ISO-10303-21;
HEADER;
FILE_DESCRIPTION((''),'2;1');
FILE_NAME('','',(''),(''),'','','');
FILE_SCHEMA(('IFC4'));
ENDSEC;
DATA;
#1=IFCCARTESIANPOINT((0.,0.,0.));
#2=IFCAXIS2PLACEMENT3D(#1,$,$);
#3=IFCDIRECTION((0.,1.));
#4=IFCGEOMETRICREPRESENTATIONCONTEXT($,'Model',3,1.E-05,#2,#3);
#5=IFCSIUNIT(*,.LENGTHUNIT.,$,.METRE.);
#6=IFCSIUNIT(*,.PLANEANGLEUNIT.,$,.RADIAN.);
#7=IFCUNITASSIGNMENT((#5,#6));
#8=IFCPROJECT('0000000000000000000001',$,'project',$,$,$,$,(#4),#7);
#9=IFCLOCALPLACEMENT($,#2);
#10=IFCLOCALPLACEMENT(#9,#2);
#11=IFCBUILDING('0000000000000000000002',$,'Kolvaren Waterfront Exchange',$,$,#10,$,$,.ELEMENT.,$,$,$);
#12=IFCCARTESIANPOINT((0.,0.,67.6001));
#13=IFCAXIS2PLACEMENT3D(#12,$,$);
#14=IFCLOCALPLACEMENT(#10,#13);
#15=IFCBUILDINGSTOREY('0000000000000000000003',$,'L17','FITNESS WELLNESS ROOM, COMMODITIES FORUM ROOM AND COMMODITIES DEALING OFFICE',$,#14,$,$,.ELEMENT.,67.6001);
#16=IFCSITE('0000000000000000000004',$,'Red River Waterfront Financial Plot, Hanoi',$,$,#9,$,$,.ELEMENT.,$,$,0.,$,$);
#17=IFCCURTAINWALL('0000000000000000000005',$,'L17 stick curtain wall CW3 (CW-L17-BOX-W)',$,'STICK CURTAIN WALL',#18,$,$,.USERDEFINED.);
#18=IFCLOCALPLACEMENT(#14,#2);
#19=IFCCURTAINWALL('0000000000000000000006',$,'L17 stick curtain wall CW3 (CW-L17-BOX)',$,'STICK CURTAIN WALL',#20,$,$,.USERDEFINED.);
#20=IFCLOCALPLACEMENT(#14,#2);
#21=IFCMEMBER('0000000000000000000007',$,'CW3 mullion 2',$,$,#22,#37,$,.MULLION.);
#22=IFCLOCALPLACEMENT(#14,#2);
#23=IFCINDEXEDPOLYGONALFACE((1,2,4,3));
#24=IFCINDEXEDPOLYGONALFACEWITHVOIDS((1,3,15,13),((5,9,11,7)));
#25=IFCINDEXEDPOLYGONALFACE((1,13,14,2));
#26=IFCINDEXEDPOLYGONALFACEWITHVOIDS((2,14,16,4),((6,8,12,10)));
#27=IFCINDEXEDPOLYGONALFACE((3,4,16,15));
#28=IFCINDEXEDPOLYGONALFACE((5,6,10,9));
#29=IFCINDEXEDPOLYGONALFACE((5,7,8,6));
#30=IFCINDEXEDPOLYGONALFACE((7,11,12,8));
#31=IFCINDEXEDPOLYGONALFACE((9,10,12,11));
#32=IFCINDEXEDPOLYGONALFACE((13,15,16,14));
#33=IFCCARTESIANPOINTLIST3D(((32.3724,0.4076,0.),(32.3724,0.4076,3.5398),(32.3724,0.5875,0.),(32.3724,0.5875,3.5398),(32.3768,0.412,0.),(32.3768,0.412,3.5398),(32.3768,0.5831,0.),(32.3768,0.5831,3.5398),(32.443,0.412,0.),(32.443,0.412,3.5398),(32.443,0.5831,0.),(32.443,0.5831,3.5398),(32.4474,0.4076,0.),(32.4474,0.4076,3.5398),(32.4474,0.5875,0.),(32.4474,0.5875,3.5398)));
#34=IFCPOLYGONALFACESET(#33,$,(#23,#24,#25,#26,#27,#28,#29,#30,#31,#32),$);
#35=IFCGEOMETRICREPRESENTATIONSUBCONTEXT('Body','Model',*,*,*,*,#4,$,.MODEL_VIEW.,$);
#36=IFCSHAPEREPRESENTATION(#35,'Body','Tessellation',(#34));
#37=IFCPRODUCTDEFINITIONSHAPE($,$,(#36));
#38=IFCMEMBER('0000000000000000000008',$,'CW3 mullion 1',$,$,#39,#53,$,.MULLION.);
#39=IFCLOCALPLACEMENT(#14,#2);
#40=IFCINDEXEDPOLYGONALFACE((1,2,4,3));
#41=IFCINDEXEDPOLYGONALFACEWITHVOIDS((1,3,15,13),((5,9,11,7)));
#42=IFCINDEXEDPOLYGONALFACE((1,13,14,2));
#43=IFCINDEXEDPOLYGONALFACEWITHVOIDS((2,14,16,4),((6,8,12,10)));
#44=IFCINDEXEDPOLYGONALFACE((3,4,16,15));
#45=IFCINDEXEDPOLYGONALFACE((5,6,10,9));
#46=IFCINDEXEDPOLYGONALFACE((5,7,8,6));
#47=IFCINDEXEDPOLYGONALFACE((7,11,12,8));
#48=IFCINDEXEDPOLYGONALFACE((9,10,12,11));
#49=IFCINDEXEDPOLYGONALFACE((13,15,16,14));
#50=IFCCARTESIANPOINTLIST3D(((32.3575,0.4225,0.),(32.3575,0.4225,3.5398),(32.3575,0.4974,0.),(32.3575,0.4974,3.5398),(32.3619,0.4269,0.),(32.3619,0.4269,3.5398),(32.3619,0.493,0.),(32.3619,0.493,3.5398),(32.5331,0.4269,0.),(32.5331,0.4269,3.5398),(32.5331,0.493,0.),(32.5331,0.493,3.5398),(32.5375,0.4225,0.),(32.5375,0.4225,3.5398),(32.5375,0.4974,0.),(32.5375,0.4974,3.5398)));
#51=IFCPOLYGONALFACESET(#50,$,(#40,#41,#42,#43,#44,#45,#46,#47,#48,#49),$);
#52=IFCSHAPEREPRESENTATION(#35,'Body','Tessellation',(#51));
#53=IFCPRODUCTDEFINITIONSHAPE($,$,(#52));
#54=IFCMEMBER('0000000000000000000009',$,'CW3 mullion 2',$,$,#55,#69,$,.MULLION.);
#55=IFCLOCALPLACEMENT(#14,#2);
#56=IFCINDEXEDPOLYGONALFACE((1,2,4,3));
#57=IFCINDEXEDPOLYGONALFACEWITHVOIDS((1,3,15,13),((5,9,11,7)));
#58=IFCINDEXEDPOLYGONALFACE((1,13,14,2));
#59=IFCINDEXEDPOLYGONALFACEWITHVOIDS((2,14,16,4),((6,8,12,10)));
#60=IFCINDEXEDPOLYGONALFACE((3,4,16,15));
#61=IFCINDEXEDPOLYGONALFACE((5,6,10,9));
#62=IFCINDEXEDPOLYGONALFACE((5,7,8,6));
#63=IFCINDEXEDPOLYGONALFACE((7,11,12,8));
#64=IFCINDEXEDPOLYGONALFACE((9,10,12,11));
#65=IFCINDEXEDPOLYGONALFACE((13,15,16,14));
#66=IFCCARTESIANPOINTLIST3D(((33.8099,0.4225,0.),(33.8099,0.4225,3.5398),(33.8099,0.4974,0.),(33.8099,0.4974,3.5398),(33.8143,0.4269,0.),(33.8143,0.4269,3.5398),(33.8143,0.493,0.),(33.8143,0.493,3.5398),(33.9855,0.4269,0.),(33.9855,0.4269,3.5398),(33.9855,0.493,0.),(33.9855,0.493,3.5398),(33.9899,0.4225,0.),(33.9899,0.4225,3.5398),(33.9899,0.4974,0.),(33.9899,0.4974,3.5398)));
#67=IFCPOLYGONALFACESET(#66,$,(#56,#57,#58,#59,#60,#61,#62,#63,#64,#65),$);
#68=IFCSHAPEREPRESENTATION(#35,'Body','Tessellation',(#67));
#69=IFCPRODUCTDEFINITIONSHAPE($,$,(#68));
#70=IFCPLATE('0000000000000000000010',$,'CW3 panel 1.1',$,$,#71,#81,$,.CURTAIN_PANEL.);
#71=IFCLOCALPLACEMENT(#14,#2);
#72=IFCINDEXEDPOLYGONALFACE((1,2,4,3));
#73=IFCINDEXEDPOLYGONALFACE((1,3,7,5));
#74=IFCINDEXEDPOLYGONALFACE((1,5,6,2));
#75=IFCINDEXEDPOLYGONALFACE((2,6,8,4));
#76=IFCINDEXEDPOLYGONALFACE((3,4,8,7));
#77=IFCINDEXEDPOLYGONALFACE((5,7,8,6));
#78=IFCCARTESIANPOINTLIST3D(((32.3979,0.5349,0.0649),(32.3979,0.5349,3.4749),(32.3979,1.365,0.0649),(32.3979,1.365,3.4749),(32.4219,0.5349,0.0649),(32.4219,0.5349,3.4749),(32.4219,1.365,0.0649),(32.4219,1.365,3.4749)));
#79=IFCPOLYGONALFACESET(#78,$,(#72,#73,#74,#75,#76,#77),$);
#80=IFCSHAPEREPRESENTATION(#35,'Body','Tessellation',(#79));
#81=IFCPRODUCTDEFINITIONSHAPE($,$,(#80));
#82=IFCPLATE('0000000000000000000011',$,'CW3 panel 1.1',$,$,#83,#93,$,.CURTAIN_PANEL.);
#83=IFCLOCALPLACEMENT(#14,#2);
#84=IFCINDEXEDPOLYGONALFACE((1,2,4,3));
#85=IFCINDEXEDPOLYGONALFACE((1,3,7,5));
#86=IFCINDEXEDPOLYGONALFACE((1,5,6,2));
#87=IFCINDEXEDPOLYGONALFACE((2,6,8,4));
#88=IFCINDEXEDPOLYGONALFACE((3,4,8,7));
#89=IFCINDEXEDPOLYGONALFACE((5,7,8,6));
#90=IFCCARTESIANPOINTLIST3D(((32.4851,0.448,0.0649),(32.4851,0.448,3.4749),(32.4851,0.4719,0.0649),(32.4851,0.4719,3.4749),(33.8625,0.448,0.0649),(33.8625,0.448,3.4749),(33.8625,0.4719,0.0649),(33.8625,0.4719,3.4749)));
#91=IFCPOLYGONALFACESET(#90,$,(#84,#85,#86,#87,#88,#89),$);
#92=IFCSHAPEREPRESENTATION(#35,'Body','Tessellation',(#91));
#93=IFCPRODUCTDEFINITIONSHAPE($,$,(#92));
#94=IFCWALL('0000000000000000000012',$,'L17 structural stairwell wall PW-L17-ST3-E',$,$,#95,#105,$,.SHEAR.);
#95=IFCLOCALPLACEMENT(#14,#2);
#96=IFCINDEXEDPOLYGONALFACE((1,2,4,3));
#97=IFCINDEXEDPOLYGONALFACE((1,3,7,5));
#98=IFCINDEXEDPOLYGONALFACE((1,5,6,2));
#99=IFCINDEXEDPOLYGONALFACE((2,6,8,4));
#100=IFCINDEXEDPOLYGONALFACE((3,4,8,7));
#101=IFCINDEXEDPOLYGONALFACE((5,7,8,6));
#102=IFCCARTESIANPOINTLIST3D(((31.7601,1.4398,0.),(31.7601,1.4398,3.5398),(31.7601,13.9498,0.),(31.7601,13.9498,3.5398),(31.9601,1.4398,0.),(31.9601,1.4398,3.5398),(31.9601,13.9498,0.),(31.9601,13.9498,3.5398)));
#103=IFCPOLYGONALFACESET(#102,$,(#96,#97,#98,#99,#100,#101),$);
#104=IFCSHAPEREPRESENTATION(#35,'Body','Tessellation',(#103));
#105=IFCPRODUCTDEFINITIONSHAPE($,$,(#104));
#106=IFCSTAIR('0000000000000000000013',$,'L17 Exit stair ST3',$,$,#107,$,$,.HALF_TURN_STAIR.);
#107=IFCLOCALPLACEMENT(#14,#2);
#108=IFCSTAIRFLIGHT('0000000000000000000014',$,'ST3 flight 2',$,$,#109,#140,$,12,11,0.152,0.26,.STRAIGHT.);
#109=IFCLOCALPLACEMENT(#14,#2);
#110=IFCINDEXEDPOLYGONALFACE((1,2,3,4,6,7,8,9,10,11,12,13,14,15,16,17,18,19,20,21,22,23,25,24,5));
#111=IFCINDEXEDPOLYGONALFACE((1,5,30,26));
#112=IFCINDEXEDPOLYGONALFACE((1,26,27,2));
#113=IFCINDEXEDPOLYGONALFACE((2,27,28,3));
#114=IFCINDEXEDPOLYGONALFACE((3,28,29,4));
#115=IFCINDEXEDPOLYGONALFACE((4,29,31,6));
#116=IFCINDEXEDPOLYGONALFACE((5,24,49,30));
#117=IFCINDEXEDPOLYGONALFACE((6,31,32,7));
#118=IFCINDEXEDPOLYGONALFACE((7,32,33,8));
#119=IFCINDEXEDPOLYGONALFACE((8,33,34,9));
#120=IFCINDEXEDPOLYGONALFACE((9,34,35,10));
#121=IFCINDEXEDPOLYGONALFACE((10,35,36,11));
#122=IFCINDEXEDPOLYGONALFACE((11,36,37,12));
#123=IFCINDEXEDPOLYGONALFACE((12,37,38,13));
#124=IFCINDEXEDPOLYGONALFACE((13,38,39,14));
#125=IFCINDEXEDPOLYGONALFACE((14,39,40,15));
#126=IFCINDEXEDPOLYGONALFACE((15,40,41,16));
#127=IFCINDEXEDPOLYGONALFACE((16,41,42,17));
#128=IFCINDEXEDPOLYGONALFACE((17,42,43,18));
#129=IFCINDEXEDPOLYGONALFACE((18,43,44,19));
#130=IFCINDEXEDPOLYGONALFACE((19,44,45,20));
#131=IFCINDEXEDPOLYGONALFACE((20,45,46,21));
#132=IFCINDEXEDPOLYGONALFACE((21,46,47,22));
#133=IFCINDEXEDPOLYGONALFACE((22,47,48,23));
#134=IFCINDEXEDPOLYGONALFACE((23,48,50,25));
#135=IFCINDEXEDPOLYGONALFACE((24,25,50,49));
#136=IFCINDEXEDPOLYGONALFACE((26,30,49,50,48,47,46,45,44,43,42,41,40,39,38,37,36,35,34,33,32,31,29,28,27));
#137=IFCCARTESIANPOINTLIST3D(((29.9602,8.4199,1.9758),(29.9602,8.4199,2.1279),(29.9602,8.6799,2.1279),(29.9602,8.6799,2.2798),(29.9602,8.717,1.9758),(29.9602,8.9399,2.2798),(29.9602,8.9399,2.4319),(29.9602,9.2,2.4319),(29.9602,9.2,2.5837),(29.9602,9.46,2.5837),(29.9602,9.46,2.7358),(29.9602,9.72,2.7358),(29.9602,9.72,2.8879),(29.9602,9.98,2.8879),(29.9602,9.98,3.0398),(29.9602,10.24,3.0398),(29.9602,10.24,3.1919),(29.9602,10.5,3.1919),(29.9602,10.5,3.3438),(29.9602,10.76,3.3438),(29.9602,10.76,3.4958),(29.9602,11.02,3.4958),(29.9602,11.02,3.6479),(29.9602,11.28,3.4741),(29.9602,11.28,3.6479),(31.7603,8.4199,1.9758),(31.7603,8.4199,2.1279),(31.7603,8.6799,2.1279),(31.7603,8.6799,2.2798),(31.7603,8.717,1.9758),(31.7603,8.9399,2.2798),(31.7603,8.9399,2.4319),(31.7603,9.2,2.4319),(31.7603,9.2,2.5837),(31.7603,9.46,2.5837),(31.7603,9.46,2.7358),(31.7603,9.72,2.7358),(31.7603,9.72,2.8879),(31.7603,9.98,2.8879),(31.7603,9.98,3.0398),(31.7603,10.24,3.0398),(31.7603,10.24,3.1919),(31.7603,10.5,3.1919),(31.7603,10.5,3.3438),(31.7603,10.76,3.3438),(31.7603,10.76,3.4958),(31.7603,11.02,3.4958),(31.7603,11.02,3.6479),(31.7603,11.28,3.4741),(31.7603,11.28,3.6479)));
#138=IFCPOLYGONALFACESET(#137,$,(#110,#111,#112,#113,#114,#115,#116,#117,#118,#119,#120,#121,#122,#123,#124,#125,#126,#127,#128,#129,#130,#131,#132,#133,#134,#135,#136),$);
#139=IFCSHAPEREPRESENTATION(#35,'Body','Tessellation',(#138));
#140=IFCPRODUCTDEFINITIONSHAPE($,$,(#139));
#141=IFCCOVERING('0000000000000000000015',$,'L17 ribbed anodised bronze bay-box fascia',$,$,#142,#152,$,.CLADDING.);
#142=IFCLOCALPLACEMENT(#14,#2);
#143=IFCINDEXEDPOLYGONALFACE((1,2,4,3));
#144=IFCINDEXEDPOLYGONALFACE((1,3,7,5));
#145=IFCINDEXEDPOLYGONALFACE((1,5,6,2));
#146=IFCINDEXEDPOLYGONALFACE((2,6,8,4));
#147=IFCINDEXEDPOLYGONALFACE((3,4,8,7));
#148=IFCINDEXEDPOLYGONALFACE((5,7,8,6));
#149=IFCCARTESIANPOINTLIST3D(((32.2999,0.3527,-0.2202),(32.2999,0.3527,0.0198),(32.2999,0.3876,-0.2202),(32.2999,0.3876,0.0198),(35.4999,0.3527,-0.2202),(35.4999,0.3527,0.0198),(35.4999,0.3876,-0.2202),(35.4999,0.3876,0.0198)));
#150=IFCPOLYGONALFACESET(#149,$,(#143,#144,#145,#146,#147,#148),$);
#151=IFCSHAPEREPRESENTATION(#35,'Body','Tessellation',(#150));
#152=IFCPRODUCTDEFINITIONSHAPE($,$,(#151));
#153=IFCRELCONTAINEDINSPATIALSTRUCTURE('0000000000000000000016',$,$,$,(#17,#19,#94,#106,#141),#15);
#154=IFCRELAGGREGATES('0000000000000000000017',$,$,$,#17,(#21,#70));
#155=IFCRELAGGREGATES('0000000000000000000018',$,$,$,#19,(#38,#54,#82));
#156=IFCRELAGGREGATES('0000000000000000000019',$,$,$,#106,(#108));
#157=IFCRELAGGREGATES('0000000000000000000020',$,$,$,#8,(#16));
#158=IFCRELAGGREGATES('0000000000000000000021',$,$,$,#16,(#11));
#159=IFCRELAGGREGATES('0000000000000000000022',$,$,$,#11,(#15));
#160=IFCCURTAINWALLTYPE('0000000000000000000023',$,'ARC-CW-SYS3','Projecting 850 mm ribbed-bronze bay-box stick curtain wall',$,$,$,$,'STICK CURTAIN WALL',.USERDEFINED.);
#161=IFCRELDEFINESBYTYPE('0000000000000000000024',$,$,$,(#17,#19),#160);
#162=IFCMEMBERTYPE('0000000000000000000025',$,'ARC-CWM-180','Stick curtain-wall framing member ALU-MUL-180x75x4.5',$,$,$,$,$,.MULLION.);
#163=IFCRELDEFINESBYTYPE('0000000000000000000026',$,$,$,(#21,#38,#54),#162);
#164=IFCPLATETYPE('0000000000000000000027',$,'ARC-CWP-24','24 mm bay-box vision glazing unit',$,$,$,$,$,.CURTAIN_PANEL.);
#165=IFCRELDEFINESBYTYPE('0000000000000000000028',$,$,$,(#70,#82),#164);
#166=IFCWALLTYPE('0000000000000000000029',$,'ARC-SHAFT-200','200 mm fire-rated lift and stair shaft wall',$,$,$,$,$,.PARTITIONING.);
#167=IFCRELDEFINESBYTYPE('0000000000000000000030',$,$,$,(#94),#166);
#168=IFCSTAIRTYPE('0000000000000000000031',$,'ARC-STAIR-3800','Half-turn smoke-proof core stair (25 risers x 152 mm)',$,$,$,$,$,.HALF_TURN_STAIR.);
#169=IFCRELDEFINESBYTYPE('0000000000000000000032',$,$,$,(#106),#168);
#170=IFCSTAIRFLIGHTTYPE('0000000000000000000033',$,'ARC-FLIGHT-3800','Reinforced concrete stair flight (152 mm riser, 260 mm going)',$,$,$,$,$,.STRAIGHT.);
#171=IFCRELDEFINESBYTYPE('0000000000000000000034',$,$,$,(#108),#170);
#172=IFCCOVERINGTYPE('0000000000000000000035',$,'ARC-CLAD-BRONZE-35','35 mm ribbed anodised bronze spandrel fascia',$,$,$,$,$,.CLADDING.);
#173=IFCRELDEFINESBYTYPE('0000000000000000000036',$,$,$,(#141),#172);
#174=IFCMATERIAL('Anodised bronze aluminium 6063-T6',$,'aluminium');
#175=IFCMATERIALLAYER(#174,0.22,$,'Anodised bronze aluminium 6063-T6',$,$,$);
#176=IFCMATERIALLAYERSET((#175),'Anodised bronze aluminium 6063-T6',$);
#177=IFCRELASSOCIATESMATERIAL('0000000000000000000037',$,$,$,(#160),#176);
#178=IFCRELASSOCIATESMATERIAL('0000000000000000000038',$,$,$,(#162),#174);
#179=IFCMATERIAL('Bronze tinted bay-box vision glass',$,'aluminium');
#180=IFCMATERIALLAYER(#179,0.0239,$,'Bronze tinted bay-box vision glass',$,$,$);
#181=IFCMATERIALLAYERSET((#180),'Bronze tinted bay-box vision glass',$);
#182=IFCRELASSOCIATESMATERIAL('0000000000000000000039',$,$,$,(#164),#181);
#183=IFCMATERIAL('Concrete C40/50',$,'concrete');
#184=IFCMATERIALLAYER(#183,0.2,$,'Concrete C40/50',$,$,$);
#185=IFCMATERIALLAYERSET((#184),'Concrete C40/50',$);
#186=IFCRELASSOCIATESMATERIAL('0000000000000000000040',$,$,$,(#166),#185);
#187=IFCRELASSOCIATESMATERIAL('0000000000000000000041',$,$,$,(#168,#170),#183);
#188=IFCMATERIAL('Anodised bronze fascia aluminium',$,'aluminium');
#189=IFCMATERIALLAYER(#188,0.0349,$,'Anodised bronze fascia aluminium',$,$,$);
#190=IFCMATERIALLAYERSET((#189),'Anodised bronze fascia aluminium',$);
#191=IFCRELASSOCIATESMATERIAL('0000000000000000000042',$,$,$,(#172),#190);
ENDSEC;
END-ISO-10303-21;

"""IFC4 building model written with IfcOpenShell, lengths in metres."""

from ifc_helpers import new_model, si_unit, direction, frame, frame_2d, origin, origin_with_axes, origin_2d, place, context, subcontext, project, spatial, polyline, rectangle, hollow_rectangle, outline, extrude, source, transform, mapped, material, layer, layer_set, material_profile, profile_set, type_object, element, aggregate, save


model = new_model("IFC4")

# Units and contexts
model_context = context("Model", 3, precision=1e-05, world=origin(), true_north=direction((0.0, 1.0)))
body_context = subcontext(model_context, "Body", "Model", "MODEL_VIEW")
ifc_project = project(units=[si_unit("LENGTHUNIT", "METRE"), si_unit("PLANEANGLEUNIT", "RADIAN")], contexts=[model_context])

# Site, building, storey
site_placement = place(None, origin())
site = spatial("IfcSite", under=ifc_project, at=site_placement, Name="Red River Waterfront Financial Plot, Hanoi", CompositionType="ELEMENT", RefElevation=0.0)
building_placement = place(site_placement, origin())
building = spatial("IfcBuilding", under=site, at=building_placement, Name="Kolvaren Waterfront Exchange", CompositionType="ELEMENT")
storey_placement = place(building_placement, frame((0.0, 0.0, 67.6001)))
storey = spatial("IfcBuildingStorey", under=building, at=storey_placement, Name="L17", Description="FITNESS WELLNESS ROOM, COMMODITIES FORUM ROOM AND COMMODITIES DEALING OFFICE", CompositionType="ELEMENT", Elevation=67.6001)

# Curtain walls
ifc_material_1 = material(Name="Anodised bronze aluminium 6063-T6", Category="aluminium")
ifc_layer_1 = layer(ifc_material_1, 0.22, Name="Anodised bronze aluminium 6063-T6")
ifc_layer_set_1 = layer_set([ifc_layer_1], Name="Anodised bronze aluminium 6063-T6")
curtain_wall_type_1 = type_object("IfcCurtainWallType", Name="ARC-CW-SYS3", Description="Projecting 850 mm ribbed-bronze bay-box stick curtain wall", ElementType="STICK CURTAIN WALL", PredefinedType="USERDEFINED", material=ifc_layer_set_1)
curtain_wall_1_placement = place(storey_placement, origin())
curtain_wall_1 = element("IfcCurtainWall", 1, at=curtain_wall_1_placement, inside=storey, type_object=curtain_wall_type_1, Name="L17 stick curtain wall CW3 (CW-L17-BOX-W)", ObjectType="STICK CURTAIN WALL", PredefinedType="USERDEFINED")
curtain_wall_2_placement = place(storey_placement, origin())
curtain_wall_2 = element("IfcCurtainWall", 2, at=curtain_wall_2_placement, inside=storey, type_object=curtain_wall_type_1, Name="L17 stick curtain wall CW3 (CW-L17-BOX)", ObjectType="STICK CURTAIN WALL", PredefinedType="USERDEFINED")

# Members
ifc_material_profile_1 = material_profile(ifc_material_1, hollow_rectangle(XDim=0.075, YDim=0.1799, WallThickness=0.0044, at=origin_2d()), Name="ALU-MUL-180x75x4.5")
ifc_profile_set_1 = profile_set([ifc_material_profile_1], Name="Anodised bronze aluminium 6063-T6")
member_type_1 = type_object("IfcMemberType", Name="ARC-CWM-180", Description="Stick curtain-wall framing member ALU-MUL-180x75x4.5", PredefinedType="MULLION", material=ifc_profile_set_1)
shared_shape_1 = source(origin_with_axes(), body_context, "Body", "SweptSolid", [
    extrude(hollow_rectangle(XDim=0.075, YDim=0.1799, WallThickness=0.0044, at=origin_2d()), origin(), (0.0, 0.0, 1.0), 3.5398),
])
member_1_placement = place(storey_placement, frame((32.4099, 0.4976, 0.0), z_axis=(0.0, 0.0, 1.0), x_axis=(1.0, 0.0, 0.0)))
member_1 = element("IfcMember", 3, at=member_1_placement, type_object=member_type_1, Name="CW3 mullion 2", PredefinedType="MULLION", context=body_context, shape_type="MappedRepresentation", body=[
    mapped(shared_shape_1, transform((0.0, 0.0, 0.0), x_axis=(1.0, 0.0, 0.0), y_axis=(0.0, 1.0, 0.0), z_axis=(0.0, 0.0, 1.0), scale=1.0)),
])
member_2_placement = place(storey_placement, frame((32.4475, 0.46, 0.0), z_axis=(0.0, 0.0, 1.0), x_axis=(0.0, 1.0, 0.0)))
member_2 = element("IfcMember", 4, at=member_2_placement, type_object=member_type_1, Name="CW3 mullion 1", PredefinedType="MULLION", context=body_context, shape_type="MappedRepresentation", body=[
    mapped(shared_shape_1, transform((0.0, 0.0, 0.0), x_axis=(1.0, 0.0, 0.0), y_axis=(0.0, 1.0, 0.0), z_axis=(0.0, 0.0, 1.0), scale=1.0)),
])
member_3_placement = place(storey_placement, frame((33.8999, 0.46, 0.0), z_axis=(0.0, 0.0, 1.0), x_axis=(0.0, 1.0, 0.0)))
member_3 = element("IfcMember", 5, at=member_3_placement, type_object=member_type_1, Name="CW3 mullion 2", PredefinedType="MULLION", context=body_context, shape_type="MappedRepresentation", body=[
    mapped(shared_shape_1, transform((0.0, 0.0, 0.0), x_axis=(1.0, 0.0, 0.0), y_axis=(0.0, 1.0, 0.0), z_axis=(0.0, 0.0, 1.0), scale=1.0)),
])

# Plates
ifc_material_2 = material(Name="Bronze tinted bay-box vision glass", Category="aluminium")
ifc_layer_2 = layer(ifc_material_2, 0.0239, Name="Bronze tinted bay-box vision glass")
ifc_layer_set_2 = layer_set([ifc_layer_2], Name="Bronze tinted bay-box vision glass")
plate_type = type_object("IfcPlateType", Name="ARC-CWP-24", Description="24 mm bay-box vision glazing unit", PredefinedType="CURTAIN_PANEL", material=ifc_layer_set_2)
shared_shape_2 = source(origin_with_axes(), body_context, "Body", "SweptSolid", [
    extrude(rectangle(XDim=0.8301, YDim=0.0239, at=origin_2d()), origin(), (0.0, 0.0, 1.0), 3.4099),
])
plate_1_placement = place(storey_placement, frame((32.4099, 0.95, 0.0649), z_axis=(0.0, 0.0, 1.0), x_axis=(0.0, -1.0, 0.0)))
plate_1 = element("IfcPlate", 6, at=plate_1_placement, type_object=plate_type, Name="CW3 panel 1.1", PredefinedType="CURTAIN_PANEL", context=body_context, shape_type="MappedRepresentation", body=[
    mapped(shared_shape_2, transform((0.0, 0.0, 0.0), x_axis=(1.0, 0.0, 0.0), y_axis=(0.0, 1.0, 0.0), z_axis=(0.0, 0.0, 1.0), scale=1.0)),
])
aggregate(curtain_wall_1, [member_1, plate_1])
shared_shape_3 = source(origin_with_axes(), body_context, "Body", "SweptSolid", [
    extrude(rectangle(XDim=1.3774, YDim=0.0239, at=origin_2d()), origin(), (0.0, 0.0, 1.0), 3.4099),
])
plate_2_placement = place(storey_placement, frame((33.1738, 0.46, 0.0649), z_axis=(0.0, 0.0, 1.0), x_axis=(1.0, 0.0, 0.0)))
plate_2 = element("IfcPlate", 7, at=plate_2_placement, type_object=plate_type, Name="CW3 panel 1.1", PredefinedType="CURTAIN_PANEL", context=body_context, shape_type="MappedRepresentation", body=[
    mapped(shared_shape_3, transform((0.0, 0.0, 0.0), x_axis=(1.0, 0.0, 0.0), y_axis=(0.0, 1.0, 0.0), z_axis=(0.0, 0.0, 1.0), scale=1.0)),
])
aggregate(curtain_wall_2, [member_2, member_3, plate_2])

# Wall
ifc_material_3 = material(Name="Concrete C40/50", Category="concrete")
ifc_layer_3 = layer(ifc_material_3, 0.2, Name="Concrete C40/50")
ifc_layer_set_3 = layer_set([ifc_layer_3], Name="Concrete C40/50")
wall_type = type_object("IfcWallType", Name="ARC-SHAFT-200", Description="200 mm fire-rated lift and stair shaft wall", PredefinedType="PARTITIONING", material=ifc_layer_set_3)
wall_placement = place(storey_placement, frame((31.8601, 1.4399, 0.0), z_axis=(0.0, 0.0, 1.0), x_axis=(0.0, 1.0, 0.0)))
element("IfcWall", 8, at=wall_placement, inside=storey, type_object=wall_type, Name="L17 structural stairwell wall PW-L17-ST3-E", PredefinedType="SHEAR", context=body_context, shape_type="SweptSolid", body=[
    extrude(rectangle(XDim=12.51, YDim=0.2, at=frame_2d((6.2549, 0.0))), origin(), (0.0, 0.0, 1.0), 3.5398),
])

# Stair, stair flight
stair_type = type_object("IfcStairType", Name="ARC-STAIR-3800", Description="Half-turn smoke-proof core stair (25 risers x 152 mm)", PredefinedType="HALF_TURN_STAIR", material=ifc_material_3)
stair_placement = place(storey_placement, origin())
stair = element("IfcStair", 9, at=stair_placement, inside=storey, type_object=stair_type, Name="L17 Exit stair ST3", PredefinedType="HALF_TURN_STAIR")
stair_flight_type = type_object("IfcStairFlightType", Name="ARC-FLIGHT-3800", Description="Reinforced concrete stair flight (152 mm riser, 260 mm going)", PredefinedType="STRAIGHT", material=ifc_material_3)
stair_flight_placement = place(storey_placement, frame((30.8601, 8.4199, 1.9758), z_axis=(0.0, 0.0, 1.0), x_axis=(0.0, 1.0, 0.0)))
stair_flight = element("IfcStairFlight", 10, at=stair_flight_placement, type_object=stair_flight_type, Name="ST3 flight 2", NumberOfRisers=12, NumberOfTreads=11, PredefinedType="STRAIGHT", RiserHeight=0.152, TreadLength=0.26, context=body_context, shape_type="SweptSolid", body=[
    extrude(outline(polyline([(0.0, 0.0), (0.0, 0.1521), (0.26, 0.1521), (0.26, 0.304), (0.52, 0.304), (0.52, 0.4561), (0.78, 0.4561), (0.78, 0.6079), (1.04, 0.6079), (1.04, 0.76), (1.3, 0.76), (1.3, 0.9121), (1.5601, 0.9121), (1.5601, 1.064), (1.8201, 1.064), (1.8201, 1.2161), (2.0801, 1.2161), (2.0801, 1.3679), (2.3401, 1.3679), (2.3401, 1.52), (2.6001, 1.52), (2.6001, 1.6721), (2.8601, 1.6721), (2.8601, 1.824), (2.8601, 1.4983), (0.2971, 0.0), (0.0, 0.0)])), frame((0.0, 0.8999, 0.0), z_axis=(0.0, -1.0, 0.0), x_axis=(1.0, 0.0, 0.0)), (0.0, 0.0, 1.0), 1.8),
])
aggregate(stair, [stair_flight])

# Covering
ifc_material_4 = material(Name="Anodised bronze fascia aluminium", Category="aluminium")
ifc_layer_4 = layer(ifc_material_4, 0.0349, Name="Anodised bronze fascia aluminium")
ifc_layer_set_4 = layer_set([ifc_layer_4], Name="Anodised bronze fascia aluminium")
covering_type = type_object("IfcCoveringType", Name="ARC-CLAD-BRONZE-35", Description="35 mm ribbed anodised bronze spandrel fascia", PredefinedType="CLADDING", material=ifc_layer_set_4)
covering_placement = place(storey_placement, frame((33.8999, 0.3701, -0.2202), z_axis=(0.0, 0.0, 1.0), x_axis=(1.0, 0.0, 0.0)))
element("IfcCovering", 11, at=covering_placement, inside=storey, type_object=covering_type, Name="L17 ribbed anodised bronze bay-box fascia", PredefinedType="CLADDING", context=body_context, shape_type="SweptSolid", body=[
    extrude(rectangle(XDim=3.2, YDim=0.0349, at=origin_2d()), origin(), (0.0, 0.0, 1.0), 0.24),
])

save(model, "model.ifc")
